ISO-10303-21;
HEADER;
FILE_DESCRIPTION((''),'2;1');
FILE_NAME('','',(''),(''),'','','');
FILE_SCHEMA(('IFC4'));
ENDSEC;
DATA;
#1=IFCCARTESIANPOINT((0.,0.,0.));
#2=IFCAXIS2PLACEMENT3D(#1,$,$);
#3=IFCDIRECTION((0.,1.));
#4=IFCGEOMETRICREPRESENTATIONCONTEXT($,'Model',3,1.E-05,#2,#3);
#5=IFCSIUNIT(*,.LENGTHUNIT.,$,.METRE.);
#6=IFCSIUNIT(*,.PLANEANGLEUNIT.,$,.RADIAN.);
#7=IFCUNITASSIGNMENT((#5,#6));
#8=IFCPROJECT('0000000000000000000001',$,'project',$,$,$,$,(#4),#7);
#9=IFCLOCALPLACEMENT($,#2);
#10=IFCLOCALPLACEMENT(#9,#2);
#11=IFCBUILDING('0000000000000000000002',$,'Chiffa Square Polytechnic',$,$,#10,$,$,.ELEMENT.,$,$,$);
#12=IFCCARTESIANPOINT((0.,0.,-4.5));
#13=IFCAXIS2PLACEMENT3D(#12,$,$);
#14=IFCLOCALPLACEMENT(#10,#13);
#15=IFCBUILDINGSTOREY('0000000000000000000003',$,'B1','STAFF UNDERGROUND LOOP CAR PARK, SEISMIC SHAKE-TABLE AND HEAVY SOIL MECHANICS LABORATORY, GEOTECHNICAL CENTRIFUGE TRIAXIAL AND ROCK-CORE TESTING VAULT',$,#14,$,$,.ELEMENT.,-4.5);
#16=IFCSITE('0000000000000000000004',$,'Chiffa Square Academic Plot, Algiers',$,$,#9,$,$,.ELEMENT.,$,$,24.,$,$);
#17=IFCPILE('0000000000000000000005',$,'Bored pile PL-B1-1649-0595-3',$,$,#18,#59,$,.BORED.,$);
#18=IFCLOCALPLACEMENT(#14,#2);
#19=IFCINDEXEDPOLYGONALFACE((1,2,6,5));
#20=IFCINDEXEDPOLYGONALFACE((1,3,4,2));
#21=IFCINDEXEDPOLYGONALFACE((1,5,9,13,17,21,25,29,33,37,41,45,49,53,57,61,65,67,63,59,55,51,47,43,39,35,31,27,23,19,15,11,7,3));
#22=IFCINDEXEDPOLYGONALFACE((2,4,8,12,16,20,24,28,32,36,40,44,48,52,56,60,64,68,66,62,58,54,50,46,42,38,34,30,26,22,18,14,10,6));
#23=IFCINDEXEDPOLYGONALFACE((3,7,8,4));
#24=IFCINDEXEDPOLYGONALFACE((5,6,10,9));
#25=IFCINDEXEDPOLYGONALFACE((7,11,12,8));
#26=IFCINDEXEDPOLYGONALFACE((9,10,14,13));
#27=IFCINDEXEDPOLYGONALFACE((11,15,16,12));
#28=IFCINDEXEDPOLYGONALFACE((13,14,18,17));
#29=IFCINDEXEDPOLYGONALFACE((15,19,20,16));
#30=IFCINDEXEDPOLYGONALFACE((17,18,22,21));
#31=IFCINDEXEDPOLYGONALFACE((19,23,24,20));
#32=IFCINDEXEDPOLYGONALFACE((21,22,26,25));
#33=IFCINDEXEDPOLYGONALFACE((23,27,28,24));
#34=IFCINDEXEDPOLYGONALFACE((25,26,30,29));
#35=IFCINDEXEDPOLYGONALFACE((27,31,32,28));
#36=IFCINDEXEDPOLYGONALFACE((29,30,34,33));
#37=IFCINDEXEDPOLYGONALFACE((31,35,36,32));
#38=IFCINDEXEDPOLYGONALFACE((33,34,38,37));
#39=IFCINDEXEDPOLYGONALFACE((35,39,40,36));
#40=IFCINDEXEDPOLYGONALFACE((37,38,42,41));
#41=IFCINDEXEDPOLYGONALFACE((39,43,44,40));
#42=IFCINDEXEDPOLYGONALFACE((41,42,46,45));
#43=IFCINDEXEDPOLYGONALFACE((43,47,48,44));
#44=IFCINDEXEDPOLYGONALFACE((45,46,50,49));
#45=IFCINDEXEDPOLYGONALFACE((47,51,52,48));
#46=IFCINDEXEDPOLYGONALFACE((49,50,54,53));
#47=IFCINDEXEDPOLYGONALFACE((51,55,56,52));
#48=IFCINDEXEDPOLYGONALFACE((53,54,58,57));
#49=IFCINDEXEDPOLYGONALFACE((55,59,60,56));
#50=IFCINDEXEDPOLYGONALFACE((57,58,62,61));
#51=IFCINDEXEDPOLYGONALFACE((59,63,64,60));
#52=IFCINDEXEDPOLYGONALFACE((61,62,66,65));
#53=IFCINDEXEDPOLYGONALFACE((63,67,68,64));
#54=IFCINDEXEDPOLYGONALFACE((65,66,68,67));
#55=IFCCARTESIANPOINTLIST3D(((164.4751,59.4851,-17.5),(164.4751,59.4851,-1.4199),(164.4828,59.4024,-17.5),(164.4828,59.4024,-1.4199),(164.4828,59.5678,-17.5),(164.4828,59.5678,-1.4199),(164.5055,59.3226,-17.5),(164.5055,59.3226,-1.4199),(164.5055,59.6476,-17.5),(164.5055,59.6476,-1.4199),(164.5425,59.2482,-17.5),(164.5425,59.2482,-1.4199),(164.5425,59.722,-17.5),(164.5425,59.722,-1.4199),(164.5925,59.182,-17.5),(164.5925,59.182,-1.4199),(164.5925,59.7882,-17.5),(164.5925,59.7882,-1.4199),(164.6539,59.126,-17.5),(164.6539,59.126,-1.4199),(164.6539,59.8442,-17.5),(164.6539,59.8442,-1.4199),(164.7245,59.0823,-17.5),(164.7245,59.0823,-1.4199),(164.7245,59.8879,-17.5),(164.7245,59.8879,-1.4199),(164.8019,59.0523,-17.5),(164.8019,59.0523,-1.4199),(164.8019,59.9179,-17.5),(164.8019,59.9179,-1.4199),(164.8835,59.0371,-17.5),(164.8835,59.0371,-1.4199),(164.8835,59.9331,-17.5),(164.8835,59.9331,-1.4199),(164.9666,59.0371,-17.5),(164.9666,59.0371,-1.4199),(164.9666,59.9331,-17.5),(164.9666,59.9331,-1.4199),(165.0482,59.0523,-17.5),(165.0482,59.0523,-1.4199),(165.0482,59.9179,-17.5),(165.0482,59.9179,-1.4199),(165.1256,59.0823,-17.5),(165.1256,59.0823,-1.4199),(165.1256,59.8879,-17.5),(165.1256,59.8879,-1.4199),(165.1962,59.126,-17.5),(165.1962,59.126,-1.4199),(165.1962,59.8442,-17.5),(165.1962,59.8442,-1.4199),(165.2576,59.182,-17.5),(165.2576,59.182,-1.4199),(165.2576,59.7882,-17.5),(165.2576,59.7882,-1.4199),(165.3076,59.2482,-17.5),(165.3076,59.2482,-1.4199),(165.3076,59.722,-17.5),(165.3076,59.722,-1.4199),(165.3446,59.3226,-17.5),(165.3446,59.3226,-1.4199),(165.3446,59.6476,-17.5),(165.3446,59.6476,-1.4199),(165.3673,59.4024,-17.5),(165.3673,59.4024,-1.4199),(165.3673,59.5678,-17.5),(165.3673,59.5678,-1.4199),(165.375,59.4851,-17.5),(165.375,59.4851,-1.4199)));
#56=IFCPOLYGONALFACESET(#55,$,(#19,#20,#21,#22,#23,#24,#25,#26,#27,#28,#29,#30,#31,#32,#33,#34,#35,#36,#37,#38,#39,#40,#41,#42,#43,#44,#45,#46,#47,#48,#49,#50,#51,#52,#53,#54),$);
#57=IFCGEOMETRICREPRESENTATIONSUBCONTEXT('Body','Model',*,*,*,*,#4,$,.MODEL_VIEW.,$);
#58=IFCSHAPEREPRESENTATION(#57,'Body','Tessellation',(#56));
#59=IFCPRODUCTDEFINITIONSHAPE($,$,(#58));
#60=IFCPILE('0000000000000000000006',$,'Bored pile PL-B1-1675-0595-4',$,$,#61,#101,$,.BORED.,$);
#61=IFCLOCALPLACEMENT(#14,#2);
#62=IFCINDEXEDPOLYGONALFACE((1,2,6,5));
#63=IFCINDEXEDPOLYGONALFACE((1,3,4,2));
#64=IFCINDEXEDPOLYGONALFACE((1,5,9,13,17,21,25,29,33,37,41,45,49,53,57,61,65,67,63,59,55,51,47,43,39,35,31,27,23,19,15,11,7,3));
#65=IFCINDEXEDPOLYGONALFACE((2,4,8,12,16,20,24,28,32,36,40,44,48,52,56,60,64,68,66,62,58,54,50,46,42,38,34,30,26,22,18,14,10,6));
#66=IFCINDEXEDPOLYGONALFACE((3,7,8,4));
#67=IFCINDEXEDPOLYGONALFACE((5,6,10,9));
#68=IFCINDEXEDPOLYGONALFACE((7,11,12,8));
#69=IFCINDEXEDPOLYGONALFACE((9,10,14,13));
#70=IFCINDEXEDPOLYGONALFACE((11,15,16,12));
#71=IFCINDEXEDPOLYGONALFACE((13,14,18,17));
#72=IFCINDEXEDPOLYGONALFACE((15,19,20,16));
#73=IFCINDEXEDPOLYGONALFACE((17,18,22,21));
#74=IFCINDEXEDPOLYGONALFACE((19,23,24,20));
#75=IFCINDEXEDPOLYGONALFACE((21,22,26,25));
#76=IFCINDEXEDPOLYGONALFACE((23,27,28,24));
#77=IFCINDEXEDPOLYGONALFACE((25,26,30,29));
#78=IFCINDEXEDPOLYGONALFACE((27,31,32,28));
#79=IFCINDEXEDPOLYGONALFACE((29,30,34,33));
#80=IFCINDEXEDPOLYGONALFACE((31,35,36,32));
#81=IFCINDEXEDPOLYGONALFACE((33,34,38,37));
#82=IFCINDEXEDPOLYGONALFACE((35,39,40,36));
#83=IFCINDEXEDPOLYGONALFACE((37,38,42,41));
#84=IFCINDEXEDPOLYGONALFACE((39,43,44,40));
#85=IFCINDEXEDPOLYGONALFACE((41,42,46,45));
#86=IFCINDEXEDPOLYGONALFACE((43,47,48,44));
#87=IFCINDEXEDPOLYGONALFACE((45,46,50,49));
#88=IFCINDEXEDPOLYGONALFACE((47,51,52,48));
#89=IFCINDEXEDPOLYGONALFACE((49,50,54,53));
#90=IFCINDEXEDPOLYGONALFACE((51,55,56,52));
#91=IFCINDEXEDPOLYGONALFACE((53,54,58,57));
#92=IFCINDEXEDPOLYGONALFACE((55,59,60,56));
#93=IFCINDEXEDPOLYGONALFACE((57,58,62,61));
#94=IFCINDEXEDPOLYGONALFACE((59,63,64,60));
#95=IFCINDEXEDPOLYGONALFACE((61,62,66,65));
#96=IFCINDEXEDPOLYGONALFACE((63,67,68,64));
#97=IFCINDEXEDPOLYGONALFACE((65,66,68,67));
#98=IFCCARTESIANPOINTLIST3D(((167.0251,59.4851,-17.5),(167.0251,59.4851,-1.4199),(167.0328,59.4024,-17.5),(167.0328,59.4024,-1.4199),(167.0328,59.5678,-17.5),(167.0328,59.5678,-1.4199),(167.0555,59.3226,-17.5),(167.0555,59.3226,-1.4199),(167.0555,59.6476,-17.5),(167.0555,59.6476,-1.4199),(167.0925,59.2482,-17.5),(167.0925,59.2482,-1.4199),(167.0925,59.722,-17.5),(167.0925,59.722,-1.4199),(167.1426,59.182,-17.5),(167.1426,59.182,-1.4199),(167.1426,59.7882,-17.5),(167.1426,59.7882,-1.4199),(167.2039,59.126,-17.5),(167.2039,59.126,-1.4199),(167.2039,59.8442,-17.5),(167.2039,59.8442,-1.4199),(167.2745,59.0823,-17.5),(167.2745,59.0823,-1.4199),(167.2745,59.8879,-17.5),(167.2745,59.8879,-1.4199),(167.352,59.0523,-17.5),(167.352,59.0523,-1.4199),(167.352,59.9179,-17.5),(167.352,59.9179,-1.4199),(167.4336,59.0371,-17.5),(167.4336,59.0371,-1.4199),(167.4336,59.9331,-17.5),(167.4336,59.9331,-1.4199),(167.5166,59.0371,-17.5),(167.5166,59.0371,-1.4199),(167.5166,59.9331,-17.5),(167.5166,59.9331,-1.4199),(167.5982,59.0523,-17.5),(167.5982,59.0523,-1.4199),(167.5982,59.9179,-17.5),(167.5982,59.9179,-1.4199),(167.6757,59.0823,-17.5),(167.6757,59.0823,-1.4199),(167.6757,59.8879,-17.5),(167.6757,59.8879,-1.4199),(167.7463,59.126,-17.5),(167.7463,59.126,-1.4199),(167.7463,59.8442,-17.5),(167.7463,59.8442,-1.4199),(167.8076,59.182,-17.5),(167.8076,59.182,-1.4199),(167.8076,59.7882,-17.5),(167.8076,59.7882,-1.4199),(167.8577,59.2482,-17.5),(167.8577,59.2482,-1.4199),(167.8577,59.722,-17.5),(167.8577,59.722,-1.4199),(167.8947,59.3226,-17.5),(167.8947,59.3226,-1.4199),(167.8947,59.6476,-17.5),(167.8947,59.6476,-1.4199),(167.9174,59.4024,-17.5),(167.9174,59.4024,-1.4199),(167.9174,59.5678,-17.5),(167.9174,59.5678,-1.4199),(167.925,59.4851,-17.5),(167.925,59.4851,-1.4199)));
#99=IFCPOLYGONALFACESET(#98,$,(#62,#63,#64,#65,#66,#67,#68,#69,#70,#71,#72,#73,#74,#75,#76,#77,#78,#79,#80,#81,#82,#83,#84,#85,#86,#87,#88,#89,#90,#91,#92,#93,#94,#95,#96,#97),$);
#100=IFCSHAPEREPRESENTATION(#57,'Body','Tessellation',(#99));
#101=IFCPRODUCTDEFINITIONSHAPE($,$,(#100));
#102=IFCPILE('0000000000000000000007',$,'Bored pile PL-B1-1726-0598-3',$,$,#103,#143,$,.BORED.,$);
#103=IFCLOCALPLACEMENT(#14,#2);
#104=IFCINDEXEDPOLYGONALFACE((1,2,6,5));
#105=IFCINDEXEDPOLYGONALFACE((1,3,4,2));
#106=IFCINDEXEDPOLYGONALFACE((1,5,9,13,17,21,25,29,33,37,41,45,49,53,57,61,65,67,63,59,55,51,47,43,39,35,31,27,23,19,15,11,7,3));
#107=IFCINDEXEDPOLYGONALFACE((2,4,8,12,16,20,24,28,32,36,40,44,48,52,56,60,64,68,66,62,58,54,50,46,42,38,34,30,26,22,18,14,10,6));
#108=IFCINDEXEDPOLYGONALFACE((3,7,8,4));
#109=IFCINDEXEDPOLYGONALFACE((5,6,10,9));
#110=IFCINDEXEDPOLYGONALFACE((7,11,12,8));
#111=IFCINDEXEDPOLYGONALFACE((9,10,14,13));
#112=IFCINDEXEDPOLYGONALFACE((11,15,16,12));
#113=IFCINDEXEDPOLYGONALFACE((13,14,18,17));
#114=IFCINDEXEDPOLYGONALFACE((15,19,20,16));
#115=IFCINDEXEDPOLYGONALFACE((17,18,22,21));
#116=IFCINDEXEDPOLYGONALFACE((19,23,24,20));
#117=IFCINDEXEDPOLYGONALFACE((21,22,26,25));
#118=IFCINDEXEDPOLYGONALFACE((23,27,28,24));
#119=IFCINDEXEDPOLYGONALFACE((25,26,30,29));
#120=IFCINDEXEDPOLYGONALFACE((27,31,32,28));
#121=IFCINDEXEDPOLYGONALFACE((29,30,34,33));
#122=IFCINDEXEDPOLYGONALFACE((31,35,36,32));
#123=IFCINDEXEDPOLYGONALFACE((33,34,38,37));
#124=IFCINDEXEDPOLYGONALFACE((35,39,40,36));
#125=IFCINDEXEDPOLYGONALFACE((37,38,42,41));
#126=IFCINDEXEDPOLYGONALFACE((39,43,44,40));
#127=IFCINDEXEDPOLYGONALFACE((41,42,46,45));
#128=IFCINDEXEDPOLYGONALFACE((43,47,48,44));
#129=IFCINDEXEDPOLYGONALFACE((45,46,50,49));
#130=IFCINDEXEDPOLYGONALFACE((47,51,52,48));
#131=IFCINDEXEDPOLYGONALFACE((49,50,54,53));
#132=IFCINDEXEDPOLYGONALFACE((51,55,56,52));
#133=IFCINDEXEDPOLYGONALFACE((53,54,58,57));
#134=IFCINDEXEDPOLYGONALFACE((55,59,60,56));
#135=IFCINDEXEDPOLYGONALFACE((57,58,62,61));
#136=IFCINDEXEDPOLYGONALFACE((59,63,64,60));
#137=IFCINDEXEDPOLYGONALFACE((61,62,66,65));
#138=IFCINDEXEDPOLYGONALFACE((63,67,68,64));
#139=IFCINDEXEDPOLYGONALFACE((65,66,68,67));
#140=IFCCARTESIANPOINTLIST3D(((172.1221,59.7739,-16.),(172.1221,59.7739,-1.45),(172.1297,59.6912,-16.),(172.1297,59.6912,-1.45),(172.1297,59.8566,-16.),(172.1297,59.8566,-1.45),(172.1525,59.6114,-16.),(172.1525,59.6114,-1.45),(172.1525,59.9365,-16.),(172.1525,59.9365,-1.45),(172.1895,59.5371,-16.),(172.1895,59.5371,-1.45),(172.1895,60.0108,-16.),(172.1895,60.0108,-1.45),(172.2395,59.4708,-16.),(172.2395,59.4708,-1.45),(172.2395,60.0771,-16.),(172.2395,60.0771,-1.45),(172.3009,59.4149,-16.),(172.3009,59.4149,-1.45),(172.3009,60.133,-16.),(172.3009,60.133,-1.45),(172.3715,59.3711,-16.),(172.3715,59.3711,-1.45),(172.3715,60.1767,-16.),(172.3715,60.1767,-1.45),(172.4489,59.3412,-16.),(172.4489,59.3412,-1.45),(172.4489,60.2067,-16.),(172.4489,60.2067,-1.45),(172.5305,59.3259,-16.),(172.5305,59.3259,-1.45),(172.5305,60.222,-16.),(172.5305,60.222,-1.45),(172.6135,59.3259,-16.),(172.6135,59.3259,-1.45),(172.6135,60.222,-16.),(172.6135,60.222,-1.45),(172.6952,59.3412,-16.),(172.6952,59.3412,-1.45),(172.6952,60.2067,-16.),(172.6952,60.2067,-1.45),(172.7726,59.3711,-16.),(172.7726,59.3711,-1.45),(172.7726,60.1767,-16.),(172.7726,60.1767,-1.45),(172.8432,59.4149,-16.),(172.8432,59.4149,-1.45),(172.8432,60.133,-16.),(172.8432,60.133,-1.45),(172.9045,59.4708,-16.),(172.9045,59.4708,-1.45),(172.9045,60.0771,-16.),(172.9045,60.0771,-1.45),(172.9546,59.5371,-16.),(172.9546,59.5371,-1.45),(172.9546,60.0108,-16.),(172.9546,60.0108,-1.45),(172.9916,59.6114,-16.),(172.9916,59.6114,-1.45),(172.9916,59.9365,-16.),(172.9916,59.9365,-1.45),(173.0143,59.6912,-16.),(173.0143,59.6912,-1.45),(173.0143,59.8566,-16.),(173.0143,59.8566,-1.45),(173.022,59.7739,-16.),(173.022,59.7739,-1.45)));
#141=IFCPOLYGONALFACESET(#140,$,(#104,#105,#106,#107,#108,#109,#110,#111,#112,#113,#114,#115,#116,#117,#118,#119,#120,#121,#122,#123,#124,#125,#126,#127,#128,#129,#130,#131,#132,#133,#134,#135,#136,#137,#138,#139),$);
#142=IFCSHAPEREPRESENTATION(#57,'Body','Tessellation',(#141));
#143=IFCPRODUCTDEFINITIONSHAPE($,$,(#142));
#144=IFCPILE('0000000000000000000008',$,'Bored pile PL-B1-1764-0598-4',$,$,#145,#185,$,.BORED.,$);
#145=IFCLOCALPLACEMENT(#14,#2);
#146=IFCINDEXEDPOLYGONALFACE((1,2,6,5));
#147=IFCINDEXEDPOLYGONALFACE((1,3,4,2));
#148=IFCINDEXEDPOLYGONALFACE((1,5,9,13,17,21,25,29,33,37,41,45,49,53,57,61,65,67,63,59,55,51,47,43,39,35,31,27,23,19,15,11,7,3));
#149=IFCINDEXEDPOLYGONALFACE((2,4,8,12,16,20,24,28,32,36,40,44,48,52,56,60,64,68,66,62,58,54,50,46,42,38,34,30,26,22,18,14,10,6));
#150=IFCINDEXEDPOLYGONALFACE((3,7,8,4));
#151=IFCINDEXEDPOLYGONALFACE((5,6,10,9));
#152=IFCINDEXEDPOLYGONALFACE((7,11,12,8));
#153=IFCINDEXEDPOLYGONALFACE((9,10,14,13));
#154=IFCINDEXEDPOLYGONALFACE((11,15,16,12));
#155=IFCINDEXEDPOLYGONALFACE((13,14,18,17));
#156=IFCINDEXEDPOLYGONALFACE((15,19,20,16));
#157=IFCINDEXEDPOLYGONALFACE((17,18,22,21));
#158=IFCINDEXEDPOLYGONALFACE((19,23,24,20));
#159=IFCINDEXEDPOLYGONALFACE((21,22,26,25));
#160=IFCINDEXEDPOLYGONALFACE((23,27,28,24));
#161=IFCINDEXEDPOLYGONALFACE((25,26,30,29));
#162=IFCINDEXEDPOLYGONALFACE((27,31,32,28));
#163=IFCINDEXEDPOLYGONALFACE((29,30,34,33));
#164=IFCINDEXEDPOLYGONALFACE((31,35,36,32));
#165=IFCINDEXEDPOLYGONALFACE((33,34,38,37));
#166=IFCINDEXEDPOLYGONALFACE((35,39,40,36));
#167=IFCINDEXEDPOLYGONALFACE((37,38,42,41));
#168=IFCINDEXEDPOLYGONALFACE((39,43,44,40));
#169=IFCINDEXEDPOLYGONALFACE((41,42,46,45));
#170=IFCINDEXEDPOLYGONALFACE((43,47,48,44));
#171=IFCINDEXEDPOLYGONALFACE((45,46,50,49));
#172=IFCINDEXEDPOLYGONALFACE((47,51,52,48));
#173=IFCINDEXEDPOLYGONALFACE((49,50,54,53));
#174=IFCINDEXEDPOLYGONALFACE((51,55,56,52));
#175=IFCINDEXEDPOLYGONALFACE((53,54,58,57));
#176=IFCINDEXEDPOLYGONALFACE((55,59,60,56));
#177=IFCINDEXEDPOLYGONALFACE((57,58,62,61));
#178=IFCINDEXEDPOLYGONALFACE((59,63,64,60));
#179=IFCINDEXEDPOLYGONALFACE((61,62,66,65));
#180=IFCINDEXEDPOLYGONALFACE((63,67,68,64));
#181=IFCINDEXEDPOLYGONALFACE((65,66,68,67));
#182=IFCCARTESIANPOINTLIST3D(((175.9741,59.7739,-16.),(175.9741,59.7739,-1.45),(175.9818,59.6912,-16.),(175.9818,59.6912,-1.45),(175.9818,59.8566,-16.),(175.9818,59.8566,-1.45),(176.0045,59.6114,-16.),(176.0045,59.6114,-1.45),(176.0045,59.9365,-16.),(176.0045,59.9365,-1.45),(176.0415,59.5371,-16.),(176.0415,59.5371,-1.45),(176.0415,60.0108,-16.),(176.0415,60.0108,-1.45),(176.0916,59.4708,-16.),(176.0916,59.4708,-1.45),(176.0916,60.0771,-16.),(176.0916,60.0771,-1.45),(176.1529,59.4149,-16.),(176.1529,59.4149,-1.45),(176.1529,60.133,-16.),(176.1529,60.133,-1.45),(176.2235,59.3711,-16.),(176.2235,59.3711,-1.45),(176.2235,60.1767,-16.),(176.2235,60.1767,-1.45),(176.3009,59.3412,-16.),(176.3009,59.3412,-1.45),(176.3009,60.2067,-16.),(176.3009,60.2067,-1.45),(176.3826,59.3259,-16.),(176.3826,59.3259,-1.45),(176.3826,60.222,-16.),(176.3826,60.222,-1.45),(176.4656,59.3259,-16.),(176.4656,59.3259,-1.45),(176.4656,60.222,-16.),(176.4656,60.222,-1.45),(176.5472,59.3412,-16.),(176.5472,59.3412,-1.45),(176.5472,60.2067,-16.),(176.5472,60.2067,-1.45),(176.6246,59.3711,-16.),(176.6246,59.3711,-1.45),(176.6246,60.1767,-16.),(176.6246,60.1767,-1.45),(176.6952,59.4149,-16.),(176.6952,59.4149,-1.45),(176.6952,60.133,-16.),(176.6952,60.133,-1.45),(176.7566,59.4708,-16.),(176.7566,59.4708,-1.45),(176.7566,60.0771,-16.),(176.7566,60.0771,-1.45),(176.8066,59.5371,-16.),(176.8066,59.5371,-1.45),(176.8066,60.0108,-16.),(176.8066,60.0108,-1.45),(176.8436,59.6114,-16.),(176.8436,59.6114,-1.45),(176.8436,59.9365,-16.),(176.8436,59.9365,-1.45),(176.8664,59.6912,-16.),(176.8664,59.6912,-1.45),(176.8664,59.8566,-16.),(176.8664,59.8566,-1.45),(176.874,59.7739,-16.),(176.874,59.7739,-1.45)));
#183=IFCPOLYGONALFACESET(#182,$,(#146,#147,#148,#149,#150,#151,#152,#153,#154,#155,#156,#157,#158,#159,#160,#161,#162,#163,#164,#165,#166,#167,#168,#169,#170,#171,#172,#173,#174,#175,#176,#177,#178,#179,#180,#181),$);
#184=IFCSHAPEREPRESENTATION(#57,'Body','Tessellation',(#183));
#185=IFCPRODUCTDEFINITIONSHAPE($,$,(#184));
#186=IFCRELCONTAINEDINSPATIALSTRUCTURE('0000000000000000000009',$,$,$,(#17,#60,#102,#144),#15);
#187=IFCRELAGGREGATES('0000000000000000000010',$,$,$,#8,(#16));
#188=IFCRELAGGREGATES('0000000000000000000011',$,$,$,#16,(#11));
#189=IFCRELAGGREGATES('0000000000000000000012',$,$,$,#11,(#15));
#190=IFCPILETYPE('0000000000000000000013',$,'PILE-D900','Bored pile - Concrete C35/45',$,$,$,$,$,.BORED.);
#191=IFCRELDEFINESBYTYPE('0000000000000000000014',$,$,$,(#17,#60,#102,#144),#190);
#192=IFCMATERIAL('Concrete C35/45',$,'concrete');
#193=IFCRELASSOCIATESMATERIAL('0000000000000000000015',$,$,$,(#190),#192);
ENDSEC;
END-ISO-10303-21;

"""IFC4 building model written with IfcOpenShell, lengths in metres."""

from ifc_helpers import new_model, si_unit, direction, frame, origin, origin_2d, place, context, subcontext, project, spatial, circle, extrude, material, material_profile, profile_set, type_object, element, save


model = new_model("IFC4")

# Units and contexts
model_context = context("Model", 3, precision=1e-05, world=origin(), true_north=direction((0.0, 1.0)))
body_context = subcontext(model_context, "Body", "Model", "MODEL_VIEW")
ifc_project = project(units=[si_unit("LENGTHUNIT", "METRE"), si_unit("PLANEANGLEUNIT", "RADIAN")], contexts=[model_context])

# Site, building, storey
site_placement = place(None, origin())
site = spatial("IfcSite", under=ifc_project, at=site_placement, Name="Chiffa Square Academic Plot, Algiers", CompositionType="ELEMENT", RefElevation=24.0)
building_placement = place(site_placement, origin())
building = spatial("IfcBuilding", under=site, at=building_placement, Name="Chiffa Square Polytechnic", CompositionType="ELEMENT")
storey_placement = place(building_placement, frame((0.0, 0.0, -4.5)))
storey = spatial("IfcBuildingStorey", under=building, at=storey_placement, Name="B1", Description="STAFF UNDERGROUND LOOP CAR PARK, SEISMIC SHAKE-TABLE AND HEAVY SOIL MECHANICS LABORATORY, GEOTECHNICAL CENTRIFUGE TRIAXIAL AND ROCK-CORE TESTING VAULT", CompositionType="ELEMENT", Elevation=-4.5)

# Shared definitions
ifc_material = material(Name="Concrete C35/45", Category="concrete")

# Piles
ifc_material_profile_1 = material_profile(ifc_material, circle(Radius=0.45, at=origin_2d()), Name="PILE D900")
ifc_profile_set_1 = profile_set([ifc_material_profile_1], Name="Concrete C35/45")
pile_type_1 = type_object("IfcPileType", Name="PILE-D900", Description="Bored pile - Concrete C35/45", PredefinedType="BORED", material=ifc_profile_set_1)
for number, where, z_axis, x_axis, name in (
    (1, (164.925, 59.4851, -1.4199), (0.0, 0.0, -1.0), (1.0, 0.0, 0.0), "Bored pile PL-B1-1649-0595-3"),
    (2, (167.4751, 59.4851, -1.4199), (0.0, 0.0, -1.0), (1.0, 0.0, 0.0), "Bored pile PL-B1-1675-0595-4"),
):
    element("IfcPile", number, at=place(storey_placement, frame(where, z_axis=z_axis, x_axis=x_axis)), inside=storey, type_object=pile_type_1, Name=name, PredefinedType="BORED", context=body_context, shape_type="SweptSolid", body=[
        extrude(circle(Radius=0.45, at=origin_2d()), origin(), (0.0, 0.0, 1.0), 16.0801),
    ])
for number, where, z_axis, x_axis, name in (
    (3, (172.572, 59.7739, -1.45), (0.0, 0.0, -1.0), (1.0, 0.0, 0.0), "Bored pile PL-B1-1726-0598-3"),
    (4, (176.4241, 59.7739, -1.45), (0.0, 0.0, -1.0), (1.0, 0.0, 0.0), "Bored pile PL-B1-1764-0598-4"),
):
    element("IfcPile", number, at=place(storey_placement, frame(where, z_axis=z_axis, x_axis=x_axis)), inside=storey, type_object=pile_type_1, Name=name, PredefinedType="BORED", context=body_context, shape_type="SweptSolid", body=[
        extrude(circle(Radius=0.45, at=origin_2d()), origin(), (0.0, 0.0, 1.0), 14.55),
    ])

save(model, "model.ifc")
